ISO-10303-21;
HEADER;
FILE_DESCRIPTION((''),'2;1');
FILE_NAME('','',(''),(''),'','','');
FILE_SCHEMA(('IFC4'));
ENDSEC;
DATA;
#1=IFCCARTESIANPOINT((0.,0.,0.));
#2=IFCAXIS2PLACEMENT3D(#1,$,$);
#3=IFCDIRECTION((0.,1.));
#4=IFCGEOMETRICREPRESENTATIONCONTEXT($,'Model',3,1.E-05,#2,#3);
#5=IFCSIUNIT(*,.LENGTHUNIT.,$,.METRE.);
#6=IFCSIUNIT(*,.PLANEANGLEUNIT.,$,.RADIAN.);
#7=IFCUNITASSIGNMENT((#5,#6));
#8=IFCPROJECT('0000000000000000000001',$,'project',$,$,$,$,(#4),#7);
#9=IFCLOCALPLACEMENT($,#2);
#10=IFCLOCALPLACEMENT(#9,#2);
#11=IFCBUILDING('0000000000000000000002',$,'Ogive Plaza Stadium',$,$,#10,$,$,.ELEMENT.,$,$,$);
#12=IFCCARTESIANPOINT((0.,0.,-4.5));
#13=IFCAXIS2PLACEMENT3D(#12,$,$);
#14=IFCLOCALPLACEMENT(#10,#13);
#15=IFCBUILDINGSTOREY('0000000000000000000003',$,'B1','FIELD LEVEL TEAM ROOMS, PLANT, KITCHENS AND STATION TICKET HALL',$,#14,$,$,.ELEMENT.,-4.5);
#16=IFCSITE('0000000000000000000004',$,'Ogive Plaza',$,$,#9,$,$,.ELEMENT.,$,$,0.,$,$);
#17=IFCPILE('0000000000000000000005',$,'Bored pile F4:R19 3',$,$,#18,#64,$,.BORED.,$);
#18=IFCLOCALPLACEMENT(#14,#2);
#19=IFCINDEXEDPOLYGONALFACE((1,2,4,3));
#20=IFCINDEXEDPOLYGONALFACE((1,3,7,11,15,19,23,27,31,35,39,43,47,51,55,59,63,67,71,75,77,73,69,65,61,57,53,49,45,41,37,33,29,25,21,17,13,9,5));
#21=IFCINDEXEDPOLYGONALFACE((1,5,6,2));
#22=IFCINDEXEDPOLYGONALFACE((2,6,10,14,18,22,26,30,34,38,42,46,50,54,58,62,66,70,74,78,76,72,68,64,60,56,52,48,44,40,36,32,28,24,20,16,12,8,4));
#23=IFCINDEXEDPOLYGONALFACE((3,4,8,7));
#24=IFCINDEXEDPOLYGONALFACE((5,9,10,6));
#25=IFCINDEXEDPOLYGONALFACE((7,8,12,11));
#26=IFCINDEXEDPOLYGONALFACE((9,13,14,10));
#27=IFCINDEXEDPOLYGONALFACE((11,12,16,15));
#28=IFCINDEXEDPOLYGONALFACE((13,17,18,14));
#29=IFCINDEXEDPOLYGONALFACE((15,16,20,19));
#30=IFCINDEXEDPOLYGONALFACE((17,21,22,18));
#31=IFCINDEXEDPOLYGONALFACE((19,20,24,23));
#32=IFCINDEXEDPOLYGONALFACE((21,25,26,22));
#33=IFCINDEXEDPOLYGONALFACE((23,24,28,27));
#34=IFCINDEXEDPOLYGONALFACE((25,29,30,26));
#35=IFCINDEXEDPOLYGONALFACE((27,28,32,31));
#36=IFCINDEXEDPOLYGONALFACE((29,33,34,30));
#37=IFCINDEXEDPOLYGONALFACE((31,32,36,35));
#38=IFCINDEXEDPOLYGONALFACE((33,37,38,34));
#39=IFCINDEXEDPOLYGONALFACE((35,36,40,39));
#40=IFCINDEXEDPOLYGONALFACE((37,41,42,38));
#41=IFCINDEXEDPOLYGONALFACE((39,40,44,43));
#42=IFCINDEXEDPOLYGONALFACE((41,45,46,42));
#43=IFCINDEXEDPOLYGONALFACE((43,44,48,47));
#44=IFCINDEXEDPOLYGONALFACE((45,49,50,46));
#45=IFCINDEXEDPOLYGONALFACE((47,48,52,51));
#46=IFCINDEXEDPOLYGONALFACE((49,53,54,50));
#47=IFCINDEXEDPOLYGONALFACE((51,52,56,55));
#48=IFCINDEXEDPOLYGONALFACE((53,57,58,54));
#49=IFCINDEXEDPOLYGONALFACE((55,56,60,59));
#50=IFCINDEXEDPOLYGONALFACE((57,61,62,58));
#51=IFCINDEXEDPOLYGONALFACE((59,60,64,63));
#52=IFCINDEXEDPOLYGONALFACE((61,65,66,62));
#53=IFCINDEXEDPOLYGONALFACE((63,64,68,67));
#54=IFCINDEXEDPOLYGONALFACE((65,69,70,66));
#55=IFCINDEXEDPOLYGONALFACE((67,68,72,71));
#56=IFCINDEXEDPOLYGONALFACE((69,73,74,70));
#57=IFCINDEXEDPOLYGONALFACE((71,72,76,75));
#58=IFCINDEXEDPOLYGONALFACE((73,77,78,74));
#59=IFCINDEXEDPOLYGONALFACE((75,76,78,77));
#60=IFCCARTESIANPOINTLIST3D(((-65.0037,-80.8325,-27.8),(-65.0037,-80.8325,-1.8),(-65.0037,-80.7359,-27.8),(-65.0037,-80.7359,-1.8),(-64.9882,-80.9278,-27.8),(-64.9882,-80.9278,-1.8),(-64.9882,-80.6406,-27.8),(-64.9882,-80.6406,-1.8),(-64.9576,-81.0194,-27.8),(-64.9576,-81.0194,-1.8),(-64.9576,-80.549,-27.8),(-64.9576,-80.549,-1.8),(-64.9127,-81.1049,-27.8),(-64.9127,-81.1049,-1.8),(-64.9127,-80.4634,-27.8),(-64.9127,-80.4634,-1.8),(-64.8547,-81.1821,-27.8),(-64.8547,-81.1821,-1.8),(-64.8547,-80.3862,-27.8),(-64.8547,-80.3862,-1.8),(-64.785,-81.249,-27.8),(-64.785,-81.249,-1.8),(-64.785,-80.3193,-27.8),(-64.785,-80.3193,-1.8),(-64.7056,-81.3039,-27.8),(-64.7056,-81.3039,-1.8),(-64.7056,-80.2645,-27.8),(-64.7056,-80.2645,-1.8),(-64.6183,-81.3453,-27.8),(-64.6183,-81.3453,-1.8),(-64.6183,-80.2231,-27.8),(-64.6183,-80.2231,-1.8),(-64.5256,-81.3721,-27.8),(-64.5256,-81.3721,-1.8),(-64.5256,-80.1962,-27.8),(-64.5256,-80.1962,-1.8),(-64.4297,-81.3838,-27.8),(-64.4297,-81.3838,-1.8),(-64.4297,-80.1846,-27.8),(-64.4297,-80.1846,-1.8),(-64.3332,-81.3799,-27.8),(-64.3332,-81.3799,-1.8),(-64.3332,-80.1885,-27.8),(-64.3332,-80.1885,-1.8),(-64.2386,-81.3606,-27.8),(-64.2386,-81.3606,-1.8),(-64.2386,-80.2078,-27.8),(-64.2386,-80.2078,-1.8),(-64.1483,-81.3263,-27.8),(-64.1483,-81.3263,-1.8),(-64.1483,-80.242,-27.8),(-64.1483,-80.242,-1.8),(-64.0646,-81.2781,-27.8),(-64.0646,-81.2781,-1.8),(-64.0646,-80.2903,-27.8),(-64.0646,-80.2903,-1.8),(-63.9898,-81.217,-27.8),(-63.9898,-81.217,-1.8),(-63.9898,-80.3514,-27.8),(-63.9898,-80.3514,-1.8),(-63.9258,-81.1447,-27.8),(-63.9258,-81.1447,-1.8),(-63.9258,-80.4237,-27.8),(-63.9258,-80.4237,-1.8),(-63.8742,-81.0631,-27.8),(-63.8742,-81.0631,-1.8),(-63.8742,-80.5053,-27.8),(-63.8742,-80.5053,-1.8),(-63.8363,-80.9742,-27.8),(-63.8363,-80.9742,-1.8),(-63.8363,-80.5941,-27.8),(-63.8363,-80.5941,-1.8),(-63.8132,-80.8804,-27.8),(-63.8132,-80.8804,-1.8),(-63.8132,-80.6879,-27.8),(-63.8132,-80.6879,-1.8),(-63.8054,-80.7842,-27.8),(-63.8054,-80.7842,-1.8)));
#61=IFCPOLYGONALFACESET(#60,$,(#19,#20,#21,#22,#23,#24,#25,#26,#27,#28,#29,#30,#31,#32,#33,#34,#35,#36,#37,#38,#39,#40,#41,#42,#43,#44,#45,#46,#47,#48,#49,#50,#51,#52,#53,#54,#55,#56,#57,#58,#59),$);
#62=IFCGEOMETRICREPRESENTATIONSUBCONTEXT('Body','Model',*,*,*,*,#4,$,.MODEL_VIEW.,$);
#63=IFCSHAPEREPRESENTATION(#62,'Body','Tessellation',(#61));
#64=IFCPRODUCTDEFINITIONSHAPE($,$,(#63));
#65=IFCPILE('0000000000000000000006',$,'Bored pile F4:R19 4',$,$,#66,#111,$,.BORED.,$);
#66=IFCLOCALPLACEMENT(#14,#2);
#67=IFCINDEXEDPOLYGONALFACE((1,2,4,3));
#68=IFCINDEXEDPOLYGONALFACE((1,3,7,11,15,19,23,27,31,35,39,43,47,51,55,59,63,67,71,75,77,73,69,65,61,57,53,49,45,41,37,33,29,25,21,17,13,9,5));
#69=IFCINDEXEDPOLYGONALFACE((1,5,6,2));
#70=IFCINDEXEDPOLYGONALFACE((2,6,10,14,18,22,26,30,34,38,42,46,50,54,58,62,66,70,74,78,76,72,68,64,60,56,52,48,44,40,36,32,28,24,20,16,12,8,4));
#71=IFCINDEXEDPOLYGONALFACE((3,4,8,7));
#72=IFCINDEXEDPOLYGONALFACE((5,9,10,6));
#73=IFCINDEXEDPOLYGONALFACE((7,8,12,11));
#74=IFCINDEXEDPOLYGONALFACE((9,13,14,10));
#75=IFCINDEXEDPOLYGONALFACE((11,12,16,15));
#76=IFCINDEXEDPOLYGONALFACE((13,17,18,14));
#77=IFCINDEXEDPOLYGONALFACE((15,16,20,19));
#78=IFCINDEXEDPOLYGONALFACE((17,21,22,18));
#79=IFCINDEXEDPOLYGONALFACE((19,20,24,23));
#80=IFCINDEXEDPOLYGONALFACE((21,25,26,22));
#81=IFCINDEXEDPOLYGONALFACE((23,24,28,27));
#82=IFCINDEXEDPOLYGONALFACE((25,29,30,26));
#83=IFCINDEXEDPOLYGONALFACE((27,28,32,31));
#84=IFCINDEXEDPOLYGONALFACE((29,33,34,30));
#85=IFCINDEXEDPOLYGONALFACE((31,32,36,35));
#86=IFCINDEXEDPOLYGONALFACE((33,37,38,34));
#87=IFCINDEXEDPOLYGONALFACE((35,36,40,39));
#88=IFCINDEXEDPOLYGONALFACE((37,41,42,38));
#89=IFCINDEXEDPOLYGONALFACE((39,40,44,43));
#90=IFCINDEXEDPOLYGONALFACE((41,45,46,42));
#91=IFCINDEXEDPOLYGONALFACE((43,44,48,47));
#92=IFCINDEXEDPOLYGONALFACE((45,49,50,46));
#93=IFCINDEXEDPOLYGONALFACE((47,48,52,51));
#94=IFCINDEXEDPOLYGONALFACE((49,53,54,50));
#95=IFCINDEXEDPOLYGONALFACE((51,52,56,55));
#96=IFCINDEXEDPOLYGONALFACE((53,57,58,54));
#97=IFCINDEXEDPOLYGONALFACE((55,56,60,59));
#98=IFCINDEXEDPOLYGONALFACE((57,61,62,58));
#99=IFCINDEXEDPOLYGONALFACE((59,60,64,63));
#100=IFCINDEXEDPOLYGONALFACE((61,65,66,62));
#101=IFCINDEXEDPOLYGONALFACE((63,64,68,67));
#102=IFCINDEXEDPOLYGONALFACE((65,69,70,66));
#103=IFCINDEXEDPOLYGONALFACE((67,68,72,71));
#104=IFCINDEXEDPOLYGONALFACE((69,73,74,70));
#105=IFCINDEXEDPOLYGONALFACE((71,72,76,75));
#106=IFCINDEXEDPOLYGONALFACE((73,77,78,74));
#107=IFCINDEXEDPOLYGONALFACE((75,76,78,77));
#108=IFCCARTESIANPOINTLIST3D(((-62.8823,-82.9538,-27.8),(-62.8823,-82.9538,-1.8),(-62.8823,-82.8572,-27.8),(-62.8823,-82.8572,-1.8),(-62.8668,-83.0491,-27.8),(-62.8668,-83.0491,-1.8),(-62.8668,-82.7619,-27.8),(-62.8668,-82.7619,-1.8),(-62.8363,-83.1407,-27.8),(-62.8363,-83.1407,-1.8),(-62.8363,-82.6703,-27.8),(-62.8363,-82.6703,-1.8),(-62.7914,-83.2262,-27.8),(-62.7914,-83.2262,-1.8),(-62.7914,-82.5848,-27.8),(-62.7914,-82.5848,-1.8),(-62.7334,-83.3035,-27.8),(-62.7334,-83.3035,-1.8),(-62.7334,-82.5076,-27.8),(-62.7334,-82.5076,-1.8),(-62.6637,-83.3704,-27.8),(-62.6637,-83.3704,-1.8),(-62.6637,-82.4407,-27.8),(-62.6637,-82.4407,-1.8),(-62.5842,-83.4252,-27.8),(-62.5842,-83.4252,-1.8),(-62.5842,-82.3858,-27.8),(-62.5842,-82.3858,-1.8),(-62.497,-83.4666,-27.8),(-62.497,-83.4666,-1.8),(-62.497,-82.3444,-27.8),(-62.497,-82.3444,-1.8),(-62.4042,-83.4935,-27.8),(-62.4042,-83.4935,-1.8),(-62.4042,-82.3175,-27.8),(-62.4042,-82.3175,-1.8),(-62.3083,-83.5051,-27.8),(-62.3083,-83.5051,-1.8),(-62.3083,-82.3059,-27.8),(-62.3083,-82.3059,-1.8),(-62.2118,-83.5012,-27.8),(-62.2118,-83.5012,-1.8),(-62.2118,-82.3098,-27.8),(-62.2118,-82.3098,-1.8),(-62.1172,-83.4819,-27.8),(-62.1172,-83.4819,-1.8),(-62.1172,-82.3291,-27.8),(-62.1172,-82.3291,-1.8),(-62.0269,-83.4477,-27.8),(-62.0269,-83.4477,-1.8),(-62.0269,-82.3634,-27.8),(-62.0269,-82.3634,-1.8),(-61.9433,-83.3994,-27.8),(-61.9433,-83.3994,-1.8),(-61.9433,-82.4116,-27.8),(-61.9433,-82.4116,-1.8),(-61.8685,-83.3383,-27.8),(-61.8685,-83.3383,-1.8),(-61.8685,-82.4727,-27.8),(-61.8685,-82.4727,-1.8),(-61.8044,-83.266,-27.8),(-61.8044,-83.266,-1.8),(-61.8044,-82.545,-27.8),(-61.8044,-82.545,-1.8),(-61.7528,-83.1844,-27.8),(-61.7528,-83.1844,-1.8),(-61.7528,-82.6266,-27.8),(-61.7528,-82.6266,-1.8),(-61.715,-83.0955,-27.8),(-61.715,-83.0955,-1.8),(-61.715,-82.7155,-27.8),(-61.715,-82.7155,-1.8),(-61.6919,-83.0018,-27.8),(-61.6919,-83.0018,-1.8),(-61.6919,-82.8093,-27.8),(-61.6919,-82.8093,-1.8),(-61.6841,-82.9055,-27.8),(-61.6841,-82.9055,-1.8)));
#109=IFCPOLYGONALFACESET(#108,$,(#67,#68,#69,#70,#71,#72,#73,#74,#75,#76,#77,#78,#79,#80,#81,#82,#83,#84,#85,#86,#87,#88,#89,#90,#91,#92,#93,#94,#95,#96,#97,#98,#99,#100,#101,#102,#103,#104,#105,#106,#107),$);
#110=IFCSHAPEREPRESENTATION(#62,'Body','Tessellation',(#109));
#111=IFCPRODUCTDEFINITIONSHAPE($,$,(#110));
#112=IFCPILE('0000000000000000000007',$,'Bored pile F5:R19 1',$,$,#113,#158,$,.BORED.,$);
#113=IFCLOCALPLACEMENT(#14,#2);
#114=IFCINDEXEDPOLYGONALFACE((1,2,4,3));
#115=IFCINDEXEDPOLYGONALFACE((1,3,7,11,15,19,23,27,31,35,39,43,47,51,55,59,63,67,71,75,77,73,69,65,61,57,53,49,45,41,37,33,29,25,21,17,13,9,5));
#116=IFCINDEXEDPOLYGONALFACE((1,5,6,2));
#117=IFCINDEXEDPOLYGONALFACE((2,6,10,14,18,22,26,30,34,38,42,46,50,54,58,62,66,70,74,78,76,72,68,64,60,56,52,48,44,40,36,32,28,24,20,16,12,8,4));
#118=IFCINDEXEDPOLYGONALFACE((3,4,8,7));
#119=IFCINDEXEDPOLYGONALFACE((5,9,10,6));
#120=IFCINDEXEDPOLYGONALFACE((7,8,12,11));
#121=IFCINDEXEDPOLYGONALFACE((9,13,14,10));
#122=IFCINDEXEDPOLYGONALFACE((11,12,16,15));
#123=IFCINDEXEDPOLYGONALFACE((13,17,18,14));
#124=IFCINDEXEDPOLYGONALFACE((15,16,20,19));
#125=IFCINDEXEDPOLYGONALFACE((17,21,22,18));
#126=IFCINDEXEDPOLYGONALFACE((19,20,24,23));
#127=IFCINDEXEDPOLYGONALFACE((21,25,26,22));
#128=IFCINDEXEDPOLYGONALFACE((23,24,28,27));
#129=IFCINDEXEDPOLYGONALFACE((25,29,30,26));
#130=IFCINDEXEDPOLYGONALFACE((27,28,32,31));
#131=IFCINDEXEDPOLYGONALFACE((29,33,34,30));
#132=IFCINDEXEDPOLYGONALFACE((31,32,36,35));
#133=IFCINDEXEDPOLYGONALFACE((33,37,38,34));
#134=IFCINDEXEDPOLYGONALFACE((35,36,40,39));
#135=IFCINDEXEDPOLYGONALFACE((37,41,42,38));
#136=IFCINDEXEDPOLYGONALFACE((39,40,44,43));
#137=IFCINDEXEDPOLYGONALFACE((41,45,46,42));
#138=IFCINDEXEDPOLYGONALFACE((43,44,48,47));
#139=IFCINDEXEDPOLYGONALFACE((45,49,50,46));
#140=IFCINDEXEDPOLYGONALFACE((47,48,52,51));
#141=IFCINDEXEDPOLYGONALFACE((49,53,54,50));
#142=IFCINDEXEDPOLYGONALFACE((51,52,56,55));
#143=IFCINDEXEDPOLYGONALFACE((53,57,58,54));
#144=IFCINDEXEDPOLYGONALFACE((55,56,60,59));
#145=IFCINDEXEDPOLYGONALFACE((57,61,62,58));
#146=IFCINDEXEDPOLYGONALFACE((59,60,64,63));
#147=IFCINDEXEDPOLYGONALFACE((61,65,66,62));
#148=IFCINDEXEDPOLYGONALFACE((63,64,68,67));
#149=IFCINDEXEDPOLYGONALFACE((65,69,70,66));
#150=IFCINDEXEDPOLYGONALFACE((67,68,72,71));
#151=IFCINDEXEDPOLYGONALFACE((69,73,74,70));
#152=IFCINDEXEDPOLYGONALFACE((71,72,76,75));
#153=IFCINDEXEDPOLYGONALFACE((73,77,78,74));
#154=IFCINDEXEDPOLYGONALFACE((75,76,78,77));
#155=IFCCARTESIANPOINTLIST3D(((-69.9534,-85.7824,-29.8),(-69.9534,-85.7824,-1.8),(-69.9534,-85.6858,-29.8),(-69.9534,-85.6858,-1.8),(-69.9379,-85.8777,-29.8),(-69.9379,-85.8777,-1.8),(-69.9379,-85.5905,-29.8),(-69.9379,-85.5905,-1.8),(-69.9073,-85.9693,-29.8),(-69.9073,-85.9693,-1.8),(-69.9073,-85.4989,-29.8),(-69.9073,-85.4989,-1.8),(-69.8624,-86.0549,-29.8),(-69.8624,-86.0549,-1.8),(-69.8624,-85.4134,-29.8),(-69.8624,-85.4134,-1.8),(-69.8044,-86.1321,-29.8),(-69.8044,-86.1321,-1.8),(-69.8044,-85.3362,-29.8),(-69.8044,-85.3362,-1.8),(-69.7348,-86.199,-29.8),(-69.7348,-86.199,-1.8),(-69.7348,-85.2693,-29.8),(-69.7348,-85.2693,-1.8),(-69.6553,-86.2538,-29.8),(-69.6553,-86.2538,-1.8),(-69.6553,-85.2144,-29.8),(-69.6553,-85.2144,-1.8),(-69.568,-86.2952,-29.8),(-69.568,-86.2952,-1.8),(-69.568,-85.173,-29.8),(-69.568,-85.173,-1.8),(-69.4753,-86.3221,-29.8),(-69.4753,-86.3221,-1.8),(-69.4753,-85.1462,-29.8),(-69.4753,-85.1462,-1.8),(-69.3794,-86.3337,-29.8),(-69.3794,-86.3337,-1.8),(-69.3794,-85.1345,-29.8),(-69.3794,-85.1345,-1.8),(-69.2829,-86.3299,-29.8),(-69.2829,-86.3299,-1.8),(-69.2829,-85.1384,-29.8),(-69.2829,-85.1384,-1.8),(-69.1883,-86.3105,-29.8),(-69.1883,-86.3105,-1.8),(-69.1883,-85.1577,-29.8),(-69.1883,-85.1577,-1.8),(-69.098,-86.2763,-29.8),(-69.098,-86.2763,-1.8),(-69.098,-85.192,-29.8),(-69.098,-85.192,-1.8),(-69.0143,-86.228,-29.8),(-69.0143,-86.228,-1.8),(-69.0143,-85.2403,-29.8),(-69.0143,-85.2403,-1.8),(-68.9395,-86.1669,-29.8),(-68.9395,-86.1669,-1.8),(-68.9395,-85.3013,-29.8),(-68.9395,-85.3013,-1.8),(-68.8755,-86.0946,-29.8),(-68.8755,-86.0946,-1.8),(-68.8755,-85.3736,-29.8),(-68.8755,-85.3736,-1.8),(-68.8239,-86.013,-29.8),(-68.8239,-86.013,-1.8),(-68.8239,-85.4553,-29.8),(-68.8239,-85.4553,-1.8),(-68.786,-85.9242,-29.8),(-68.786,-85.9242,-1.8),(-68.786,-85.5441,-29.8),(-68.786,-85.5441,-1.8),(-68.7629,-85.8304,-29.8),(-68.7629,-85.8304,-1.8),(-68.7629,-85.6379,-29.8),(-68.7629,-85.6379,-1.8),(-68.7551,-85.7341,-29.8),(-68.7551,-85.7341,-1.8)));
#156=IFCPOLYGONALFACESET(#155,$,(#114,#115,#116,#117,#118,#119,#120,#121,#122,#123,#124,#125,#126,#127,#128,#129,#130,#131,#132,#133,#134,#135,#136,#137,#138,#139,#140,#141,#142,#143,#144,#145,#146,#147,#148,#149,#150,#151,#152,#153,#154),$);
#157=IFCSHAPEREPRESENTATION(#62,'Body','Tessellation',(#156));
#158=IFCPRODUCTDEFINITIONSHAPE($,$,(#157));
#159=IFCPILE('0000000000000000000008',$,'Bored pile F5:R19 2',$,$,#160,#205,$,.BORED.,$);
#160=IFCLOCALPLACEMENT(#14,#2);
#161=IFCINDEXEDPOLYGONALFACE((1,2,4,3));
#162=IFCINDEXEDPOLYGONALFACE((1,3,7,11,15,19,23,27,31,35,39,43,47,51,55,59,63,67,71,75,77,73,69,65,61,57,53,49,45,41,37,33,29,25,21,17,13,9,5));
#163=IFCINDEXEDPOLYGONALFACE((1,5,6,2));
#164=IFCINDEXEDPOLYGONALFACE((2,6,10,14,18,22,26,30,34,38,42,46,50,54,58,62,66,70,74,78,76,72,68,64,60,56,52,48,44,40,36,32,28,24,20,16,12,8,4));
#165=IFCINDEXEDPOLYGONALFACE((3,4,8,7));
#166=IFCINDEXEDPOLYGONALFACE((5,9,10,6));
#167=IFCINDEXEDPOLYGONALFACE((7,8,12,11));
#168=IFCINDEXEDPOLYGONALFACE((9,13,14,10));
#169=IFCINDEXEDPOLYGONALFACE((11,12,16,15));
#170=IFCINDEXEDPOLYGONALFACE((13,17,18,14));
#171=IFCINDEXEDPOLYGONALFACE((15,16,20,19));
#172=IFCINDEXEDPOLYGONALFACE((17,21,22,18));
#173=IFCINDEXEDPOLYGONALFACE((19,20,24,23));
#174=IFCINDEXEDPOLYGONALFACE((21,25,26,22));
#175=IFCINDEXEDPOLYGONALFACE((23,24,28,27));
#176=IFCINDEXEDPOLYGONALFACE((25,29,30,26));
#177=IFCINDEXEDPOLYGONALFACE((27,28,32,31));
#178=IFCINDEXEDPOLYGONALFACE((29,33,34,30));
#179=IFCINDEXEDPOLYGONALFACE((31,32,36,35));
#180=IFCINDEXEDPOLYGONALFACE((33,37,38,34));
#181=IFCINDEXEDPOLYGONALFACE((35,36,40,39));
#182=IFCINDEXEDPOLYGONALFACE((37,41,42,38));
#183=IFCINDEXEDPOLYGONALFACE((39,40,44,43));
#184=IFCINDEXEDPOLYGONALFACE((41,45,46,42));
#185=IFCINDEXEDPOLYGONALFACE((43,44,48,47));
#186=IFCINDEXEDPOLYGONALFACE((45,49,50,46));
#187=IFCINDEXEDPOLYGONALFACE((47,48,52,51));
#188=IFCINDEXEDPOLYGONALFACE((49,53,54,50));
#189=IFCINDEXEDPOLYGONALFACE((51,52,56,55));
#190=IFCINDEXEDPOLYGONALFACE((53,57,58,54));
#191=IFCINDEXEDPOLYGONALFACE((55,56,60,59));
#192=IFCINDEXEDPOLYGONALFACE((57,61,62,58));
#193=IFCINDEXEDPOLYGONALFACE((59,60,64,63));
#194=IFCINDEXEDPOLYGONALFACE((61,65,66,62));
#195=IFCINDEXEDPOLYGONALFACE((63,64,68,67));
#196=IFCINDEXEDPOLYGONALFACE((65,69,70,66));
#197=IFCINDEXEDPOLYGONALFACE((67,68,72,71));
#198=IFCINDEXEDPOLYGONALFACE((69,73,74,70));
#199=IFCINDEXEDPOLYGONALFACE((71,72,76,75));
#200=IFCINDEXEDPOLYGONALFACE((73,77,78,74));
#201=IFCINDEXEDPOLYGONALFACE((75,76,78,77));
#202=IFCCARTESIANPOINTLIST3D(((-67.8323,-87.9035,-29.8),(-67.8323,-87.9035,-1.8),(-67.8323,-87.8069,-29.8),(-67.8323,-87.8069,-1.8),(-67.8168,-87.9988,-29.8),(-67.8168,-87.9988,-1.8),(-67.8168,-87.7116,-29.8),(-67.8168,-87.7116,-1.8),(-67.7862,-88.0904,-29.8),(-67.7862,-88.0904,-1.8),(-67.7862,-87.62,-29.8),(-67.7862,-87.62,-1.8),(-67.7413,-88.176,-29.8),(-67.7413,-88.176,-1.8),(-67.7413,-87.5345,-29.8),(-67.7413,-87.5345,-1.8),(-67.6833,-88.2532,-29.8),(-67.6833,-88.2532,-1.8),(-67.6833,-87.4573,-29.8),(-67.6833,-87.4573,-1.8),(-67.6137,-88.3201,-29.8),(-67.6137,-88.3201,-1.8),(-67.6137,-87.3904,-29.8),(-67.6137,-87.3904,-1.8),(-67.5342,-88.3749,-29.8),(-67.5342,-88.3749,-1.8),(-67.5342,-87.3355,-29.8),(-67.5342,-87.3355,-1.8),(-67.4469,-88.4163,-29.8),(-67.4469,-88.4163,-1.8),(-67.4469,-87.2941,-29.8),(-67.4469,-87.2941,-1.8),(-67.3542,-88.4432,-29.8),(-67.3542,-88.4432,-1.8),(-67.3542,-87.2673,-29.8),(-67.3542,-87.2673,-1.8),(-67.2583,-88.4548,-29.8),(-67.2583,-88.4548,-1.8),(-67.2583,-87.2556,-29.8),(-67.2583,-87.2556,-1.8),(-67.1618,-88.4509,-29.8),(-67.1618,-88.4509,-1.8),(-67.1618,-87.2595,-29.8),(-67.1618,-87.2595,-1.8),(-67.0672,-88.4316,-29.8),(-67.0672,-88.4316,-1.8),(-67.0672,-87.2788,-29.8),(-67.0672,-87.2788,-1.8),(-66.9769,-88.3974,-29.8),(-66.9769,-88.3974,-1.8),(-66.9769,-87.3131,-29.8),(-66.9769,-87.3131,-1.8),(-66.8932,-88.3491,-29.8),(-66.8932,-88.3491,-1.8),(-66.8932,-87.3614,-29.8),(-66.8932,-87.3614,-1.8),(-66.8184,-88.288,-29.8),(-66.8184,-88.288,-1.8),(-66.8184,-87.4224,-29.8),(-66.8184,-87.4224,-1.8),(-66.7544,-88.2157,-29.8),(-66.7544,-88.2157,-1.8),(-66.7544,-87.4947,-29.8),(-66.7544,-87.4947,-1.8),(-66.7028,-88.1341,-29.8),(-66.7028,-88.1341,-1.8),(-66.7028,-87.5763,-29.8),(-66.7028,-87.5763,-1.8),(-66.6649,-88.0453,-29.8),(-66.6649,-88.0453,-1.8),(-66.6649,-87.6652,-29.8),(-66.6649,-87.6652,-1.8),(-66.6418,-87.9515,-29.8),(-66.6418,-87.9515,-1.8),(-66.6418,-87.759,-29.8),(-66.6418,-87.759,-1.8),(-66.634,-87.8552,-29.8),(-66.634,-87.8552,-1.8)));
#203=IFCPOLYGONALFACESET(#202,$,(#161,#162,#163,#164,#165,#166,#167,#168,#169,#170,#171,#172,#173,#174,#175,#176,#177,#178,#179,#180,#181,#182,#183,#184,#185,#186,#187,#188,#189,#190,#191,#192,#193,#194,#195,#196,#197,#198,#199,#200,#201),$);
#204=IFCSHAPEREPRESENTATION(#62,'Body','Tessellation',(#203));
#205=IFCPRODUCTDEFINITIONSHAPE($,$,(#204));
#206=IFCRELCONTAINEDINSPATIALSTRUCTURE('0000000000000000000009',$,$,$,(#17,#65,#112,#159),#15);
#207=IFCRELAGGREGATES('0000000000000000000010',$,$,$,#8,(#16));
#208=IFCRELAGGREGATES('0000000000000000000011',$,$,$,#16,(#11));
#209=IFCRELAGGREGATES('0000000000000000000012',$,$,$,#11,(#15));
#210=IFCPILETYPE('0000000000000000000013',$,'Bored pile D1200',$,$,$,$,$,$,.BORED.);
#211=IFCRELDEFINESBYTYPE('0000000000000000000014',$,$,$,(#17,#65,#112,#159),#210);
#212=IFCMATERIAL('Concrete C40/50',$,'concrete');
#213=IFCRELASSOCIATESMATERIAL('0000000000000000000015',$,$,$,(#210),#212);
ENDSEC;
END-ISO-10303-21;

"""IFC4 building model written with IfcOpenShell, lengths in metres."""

from ifc_helpers import new_model, si_unit, direction, frame, origin, origin_2d, place, context, subcontext, project, spatial, circle, extrude, material, material_profile, profile_set, type_object, element, save


model = new_model("IFC4")

# Units and contexts
model_context = context("Model", 3, precision=1e-05, world=origin(), true_north=direction((0.0, 1.0)))
body_context = subcontext(model_context, "Body", "Model", "MODEL_VIEW")
ifc_project = project(units=[si_unit("LENGTHUNIT", "METRE"), si_unit("PLANEANGLEUNIT", "RADIAN")], contexts=[model_context])

# Site, building, storey
site_placement = place(None, origin())
site = spatial("IfcSite", under=ifc_project, at=site_placement, Name="Ogive Plaza", CompositionType="ELEMENT", RefElevation=0.0)
building_placement = place(site_placement, origin())
building = spatial("IfcBuilding", under=site, at=building_placement, Name="Ogive Plaza Stadium", CompositionType="ELEMENT")
storey_placement = place(building_placement, frame((0.0, 0.0, -4.5)))
storey = spatial("IfcBuildingStorey", under=building, at=storey_placement, Name="B1", Description="FIELD LEVEL TEAM ROOMS, PLANT, KITCHENS AND STATION TICKET HALL", CompositionType="ELEMENT", Elevation=-4.5)

# Piles
ifc_material_1 = material(Name="Concrete C40/50", Category="concrete")
ifc_material_profile_1 = material_profile(ifc_material_1, circle(Radius=0.6001, at=origin_2d()), Name="RC D1200")
ifc_profile_set_1 = profile_set([ifc_material_profile_1], Name="Concrete C40/50")
pile_type_1 = type_object("IfcPileType", Name="Bored pile D1200", PredefinedType="BORED", material=ifc_profile_set_1)
for number, where, z_axis, x_axis, name in (
    (1, (-64.4055, -80.7842, -1.8), (0.0, 0.0, -1.0), (1.0, 0.0, 0.0), "Bored pile F4:R19 3"),
    (2, (-62.2842, -82.9055, -1.8), (0.0, 0.0, -1.0), (1.0, 0.0, 0.0), "Bored pile F4:R19 4"),
):
    element("IfcPile", number, at=place(storey_placement, frame(where, z_axis=z_axis, x_axis=x_axis)), inside=storey, type_object=pile_type_1, Name=name, PredefinedType="BORED", context=body_context, shape_type="SweptSolid", body=[
        extrude(circle(Radius=0.6001, at=origin_2d()), origin(), (0.0, 0.0, 1.0), 26.0),
    ])
for number, where, z_axis, x_axis, name in (
    (3, (-69.3552, -85.7341, -1.8), (0.0, 0.0, -1.0), (1.0, 0.0, 0.0), "Bored pile F5:R19 1"),
    (4, (-67.2341, -87.8552, -1.8), (0.0, 0.0, -1.0), (1.0, 0.0, 0.0), "Bored pile F5:R19 2"),
):
    element("IfcPile", number, at=place(storey_placement, frame(where, z_axis=z_axis, x_axis=x_axis)), inside=storey, type_object=pile_type_1, Name=name, PredefinedType="BORED", context=body_context, shape_type="SweptSolid", body=[
        extrude(circle(Radius=0.6001, at=origin_2d()), origin(), (0.0, 0.0, 1.0), 28.0),
    ])

save(model, "model.ifc")
